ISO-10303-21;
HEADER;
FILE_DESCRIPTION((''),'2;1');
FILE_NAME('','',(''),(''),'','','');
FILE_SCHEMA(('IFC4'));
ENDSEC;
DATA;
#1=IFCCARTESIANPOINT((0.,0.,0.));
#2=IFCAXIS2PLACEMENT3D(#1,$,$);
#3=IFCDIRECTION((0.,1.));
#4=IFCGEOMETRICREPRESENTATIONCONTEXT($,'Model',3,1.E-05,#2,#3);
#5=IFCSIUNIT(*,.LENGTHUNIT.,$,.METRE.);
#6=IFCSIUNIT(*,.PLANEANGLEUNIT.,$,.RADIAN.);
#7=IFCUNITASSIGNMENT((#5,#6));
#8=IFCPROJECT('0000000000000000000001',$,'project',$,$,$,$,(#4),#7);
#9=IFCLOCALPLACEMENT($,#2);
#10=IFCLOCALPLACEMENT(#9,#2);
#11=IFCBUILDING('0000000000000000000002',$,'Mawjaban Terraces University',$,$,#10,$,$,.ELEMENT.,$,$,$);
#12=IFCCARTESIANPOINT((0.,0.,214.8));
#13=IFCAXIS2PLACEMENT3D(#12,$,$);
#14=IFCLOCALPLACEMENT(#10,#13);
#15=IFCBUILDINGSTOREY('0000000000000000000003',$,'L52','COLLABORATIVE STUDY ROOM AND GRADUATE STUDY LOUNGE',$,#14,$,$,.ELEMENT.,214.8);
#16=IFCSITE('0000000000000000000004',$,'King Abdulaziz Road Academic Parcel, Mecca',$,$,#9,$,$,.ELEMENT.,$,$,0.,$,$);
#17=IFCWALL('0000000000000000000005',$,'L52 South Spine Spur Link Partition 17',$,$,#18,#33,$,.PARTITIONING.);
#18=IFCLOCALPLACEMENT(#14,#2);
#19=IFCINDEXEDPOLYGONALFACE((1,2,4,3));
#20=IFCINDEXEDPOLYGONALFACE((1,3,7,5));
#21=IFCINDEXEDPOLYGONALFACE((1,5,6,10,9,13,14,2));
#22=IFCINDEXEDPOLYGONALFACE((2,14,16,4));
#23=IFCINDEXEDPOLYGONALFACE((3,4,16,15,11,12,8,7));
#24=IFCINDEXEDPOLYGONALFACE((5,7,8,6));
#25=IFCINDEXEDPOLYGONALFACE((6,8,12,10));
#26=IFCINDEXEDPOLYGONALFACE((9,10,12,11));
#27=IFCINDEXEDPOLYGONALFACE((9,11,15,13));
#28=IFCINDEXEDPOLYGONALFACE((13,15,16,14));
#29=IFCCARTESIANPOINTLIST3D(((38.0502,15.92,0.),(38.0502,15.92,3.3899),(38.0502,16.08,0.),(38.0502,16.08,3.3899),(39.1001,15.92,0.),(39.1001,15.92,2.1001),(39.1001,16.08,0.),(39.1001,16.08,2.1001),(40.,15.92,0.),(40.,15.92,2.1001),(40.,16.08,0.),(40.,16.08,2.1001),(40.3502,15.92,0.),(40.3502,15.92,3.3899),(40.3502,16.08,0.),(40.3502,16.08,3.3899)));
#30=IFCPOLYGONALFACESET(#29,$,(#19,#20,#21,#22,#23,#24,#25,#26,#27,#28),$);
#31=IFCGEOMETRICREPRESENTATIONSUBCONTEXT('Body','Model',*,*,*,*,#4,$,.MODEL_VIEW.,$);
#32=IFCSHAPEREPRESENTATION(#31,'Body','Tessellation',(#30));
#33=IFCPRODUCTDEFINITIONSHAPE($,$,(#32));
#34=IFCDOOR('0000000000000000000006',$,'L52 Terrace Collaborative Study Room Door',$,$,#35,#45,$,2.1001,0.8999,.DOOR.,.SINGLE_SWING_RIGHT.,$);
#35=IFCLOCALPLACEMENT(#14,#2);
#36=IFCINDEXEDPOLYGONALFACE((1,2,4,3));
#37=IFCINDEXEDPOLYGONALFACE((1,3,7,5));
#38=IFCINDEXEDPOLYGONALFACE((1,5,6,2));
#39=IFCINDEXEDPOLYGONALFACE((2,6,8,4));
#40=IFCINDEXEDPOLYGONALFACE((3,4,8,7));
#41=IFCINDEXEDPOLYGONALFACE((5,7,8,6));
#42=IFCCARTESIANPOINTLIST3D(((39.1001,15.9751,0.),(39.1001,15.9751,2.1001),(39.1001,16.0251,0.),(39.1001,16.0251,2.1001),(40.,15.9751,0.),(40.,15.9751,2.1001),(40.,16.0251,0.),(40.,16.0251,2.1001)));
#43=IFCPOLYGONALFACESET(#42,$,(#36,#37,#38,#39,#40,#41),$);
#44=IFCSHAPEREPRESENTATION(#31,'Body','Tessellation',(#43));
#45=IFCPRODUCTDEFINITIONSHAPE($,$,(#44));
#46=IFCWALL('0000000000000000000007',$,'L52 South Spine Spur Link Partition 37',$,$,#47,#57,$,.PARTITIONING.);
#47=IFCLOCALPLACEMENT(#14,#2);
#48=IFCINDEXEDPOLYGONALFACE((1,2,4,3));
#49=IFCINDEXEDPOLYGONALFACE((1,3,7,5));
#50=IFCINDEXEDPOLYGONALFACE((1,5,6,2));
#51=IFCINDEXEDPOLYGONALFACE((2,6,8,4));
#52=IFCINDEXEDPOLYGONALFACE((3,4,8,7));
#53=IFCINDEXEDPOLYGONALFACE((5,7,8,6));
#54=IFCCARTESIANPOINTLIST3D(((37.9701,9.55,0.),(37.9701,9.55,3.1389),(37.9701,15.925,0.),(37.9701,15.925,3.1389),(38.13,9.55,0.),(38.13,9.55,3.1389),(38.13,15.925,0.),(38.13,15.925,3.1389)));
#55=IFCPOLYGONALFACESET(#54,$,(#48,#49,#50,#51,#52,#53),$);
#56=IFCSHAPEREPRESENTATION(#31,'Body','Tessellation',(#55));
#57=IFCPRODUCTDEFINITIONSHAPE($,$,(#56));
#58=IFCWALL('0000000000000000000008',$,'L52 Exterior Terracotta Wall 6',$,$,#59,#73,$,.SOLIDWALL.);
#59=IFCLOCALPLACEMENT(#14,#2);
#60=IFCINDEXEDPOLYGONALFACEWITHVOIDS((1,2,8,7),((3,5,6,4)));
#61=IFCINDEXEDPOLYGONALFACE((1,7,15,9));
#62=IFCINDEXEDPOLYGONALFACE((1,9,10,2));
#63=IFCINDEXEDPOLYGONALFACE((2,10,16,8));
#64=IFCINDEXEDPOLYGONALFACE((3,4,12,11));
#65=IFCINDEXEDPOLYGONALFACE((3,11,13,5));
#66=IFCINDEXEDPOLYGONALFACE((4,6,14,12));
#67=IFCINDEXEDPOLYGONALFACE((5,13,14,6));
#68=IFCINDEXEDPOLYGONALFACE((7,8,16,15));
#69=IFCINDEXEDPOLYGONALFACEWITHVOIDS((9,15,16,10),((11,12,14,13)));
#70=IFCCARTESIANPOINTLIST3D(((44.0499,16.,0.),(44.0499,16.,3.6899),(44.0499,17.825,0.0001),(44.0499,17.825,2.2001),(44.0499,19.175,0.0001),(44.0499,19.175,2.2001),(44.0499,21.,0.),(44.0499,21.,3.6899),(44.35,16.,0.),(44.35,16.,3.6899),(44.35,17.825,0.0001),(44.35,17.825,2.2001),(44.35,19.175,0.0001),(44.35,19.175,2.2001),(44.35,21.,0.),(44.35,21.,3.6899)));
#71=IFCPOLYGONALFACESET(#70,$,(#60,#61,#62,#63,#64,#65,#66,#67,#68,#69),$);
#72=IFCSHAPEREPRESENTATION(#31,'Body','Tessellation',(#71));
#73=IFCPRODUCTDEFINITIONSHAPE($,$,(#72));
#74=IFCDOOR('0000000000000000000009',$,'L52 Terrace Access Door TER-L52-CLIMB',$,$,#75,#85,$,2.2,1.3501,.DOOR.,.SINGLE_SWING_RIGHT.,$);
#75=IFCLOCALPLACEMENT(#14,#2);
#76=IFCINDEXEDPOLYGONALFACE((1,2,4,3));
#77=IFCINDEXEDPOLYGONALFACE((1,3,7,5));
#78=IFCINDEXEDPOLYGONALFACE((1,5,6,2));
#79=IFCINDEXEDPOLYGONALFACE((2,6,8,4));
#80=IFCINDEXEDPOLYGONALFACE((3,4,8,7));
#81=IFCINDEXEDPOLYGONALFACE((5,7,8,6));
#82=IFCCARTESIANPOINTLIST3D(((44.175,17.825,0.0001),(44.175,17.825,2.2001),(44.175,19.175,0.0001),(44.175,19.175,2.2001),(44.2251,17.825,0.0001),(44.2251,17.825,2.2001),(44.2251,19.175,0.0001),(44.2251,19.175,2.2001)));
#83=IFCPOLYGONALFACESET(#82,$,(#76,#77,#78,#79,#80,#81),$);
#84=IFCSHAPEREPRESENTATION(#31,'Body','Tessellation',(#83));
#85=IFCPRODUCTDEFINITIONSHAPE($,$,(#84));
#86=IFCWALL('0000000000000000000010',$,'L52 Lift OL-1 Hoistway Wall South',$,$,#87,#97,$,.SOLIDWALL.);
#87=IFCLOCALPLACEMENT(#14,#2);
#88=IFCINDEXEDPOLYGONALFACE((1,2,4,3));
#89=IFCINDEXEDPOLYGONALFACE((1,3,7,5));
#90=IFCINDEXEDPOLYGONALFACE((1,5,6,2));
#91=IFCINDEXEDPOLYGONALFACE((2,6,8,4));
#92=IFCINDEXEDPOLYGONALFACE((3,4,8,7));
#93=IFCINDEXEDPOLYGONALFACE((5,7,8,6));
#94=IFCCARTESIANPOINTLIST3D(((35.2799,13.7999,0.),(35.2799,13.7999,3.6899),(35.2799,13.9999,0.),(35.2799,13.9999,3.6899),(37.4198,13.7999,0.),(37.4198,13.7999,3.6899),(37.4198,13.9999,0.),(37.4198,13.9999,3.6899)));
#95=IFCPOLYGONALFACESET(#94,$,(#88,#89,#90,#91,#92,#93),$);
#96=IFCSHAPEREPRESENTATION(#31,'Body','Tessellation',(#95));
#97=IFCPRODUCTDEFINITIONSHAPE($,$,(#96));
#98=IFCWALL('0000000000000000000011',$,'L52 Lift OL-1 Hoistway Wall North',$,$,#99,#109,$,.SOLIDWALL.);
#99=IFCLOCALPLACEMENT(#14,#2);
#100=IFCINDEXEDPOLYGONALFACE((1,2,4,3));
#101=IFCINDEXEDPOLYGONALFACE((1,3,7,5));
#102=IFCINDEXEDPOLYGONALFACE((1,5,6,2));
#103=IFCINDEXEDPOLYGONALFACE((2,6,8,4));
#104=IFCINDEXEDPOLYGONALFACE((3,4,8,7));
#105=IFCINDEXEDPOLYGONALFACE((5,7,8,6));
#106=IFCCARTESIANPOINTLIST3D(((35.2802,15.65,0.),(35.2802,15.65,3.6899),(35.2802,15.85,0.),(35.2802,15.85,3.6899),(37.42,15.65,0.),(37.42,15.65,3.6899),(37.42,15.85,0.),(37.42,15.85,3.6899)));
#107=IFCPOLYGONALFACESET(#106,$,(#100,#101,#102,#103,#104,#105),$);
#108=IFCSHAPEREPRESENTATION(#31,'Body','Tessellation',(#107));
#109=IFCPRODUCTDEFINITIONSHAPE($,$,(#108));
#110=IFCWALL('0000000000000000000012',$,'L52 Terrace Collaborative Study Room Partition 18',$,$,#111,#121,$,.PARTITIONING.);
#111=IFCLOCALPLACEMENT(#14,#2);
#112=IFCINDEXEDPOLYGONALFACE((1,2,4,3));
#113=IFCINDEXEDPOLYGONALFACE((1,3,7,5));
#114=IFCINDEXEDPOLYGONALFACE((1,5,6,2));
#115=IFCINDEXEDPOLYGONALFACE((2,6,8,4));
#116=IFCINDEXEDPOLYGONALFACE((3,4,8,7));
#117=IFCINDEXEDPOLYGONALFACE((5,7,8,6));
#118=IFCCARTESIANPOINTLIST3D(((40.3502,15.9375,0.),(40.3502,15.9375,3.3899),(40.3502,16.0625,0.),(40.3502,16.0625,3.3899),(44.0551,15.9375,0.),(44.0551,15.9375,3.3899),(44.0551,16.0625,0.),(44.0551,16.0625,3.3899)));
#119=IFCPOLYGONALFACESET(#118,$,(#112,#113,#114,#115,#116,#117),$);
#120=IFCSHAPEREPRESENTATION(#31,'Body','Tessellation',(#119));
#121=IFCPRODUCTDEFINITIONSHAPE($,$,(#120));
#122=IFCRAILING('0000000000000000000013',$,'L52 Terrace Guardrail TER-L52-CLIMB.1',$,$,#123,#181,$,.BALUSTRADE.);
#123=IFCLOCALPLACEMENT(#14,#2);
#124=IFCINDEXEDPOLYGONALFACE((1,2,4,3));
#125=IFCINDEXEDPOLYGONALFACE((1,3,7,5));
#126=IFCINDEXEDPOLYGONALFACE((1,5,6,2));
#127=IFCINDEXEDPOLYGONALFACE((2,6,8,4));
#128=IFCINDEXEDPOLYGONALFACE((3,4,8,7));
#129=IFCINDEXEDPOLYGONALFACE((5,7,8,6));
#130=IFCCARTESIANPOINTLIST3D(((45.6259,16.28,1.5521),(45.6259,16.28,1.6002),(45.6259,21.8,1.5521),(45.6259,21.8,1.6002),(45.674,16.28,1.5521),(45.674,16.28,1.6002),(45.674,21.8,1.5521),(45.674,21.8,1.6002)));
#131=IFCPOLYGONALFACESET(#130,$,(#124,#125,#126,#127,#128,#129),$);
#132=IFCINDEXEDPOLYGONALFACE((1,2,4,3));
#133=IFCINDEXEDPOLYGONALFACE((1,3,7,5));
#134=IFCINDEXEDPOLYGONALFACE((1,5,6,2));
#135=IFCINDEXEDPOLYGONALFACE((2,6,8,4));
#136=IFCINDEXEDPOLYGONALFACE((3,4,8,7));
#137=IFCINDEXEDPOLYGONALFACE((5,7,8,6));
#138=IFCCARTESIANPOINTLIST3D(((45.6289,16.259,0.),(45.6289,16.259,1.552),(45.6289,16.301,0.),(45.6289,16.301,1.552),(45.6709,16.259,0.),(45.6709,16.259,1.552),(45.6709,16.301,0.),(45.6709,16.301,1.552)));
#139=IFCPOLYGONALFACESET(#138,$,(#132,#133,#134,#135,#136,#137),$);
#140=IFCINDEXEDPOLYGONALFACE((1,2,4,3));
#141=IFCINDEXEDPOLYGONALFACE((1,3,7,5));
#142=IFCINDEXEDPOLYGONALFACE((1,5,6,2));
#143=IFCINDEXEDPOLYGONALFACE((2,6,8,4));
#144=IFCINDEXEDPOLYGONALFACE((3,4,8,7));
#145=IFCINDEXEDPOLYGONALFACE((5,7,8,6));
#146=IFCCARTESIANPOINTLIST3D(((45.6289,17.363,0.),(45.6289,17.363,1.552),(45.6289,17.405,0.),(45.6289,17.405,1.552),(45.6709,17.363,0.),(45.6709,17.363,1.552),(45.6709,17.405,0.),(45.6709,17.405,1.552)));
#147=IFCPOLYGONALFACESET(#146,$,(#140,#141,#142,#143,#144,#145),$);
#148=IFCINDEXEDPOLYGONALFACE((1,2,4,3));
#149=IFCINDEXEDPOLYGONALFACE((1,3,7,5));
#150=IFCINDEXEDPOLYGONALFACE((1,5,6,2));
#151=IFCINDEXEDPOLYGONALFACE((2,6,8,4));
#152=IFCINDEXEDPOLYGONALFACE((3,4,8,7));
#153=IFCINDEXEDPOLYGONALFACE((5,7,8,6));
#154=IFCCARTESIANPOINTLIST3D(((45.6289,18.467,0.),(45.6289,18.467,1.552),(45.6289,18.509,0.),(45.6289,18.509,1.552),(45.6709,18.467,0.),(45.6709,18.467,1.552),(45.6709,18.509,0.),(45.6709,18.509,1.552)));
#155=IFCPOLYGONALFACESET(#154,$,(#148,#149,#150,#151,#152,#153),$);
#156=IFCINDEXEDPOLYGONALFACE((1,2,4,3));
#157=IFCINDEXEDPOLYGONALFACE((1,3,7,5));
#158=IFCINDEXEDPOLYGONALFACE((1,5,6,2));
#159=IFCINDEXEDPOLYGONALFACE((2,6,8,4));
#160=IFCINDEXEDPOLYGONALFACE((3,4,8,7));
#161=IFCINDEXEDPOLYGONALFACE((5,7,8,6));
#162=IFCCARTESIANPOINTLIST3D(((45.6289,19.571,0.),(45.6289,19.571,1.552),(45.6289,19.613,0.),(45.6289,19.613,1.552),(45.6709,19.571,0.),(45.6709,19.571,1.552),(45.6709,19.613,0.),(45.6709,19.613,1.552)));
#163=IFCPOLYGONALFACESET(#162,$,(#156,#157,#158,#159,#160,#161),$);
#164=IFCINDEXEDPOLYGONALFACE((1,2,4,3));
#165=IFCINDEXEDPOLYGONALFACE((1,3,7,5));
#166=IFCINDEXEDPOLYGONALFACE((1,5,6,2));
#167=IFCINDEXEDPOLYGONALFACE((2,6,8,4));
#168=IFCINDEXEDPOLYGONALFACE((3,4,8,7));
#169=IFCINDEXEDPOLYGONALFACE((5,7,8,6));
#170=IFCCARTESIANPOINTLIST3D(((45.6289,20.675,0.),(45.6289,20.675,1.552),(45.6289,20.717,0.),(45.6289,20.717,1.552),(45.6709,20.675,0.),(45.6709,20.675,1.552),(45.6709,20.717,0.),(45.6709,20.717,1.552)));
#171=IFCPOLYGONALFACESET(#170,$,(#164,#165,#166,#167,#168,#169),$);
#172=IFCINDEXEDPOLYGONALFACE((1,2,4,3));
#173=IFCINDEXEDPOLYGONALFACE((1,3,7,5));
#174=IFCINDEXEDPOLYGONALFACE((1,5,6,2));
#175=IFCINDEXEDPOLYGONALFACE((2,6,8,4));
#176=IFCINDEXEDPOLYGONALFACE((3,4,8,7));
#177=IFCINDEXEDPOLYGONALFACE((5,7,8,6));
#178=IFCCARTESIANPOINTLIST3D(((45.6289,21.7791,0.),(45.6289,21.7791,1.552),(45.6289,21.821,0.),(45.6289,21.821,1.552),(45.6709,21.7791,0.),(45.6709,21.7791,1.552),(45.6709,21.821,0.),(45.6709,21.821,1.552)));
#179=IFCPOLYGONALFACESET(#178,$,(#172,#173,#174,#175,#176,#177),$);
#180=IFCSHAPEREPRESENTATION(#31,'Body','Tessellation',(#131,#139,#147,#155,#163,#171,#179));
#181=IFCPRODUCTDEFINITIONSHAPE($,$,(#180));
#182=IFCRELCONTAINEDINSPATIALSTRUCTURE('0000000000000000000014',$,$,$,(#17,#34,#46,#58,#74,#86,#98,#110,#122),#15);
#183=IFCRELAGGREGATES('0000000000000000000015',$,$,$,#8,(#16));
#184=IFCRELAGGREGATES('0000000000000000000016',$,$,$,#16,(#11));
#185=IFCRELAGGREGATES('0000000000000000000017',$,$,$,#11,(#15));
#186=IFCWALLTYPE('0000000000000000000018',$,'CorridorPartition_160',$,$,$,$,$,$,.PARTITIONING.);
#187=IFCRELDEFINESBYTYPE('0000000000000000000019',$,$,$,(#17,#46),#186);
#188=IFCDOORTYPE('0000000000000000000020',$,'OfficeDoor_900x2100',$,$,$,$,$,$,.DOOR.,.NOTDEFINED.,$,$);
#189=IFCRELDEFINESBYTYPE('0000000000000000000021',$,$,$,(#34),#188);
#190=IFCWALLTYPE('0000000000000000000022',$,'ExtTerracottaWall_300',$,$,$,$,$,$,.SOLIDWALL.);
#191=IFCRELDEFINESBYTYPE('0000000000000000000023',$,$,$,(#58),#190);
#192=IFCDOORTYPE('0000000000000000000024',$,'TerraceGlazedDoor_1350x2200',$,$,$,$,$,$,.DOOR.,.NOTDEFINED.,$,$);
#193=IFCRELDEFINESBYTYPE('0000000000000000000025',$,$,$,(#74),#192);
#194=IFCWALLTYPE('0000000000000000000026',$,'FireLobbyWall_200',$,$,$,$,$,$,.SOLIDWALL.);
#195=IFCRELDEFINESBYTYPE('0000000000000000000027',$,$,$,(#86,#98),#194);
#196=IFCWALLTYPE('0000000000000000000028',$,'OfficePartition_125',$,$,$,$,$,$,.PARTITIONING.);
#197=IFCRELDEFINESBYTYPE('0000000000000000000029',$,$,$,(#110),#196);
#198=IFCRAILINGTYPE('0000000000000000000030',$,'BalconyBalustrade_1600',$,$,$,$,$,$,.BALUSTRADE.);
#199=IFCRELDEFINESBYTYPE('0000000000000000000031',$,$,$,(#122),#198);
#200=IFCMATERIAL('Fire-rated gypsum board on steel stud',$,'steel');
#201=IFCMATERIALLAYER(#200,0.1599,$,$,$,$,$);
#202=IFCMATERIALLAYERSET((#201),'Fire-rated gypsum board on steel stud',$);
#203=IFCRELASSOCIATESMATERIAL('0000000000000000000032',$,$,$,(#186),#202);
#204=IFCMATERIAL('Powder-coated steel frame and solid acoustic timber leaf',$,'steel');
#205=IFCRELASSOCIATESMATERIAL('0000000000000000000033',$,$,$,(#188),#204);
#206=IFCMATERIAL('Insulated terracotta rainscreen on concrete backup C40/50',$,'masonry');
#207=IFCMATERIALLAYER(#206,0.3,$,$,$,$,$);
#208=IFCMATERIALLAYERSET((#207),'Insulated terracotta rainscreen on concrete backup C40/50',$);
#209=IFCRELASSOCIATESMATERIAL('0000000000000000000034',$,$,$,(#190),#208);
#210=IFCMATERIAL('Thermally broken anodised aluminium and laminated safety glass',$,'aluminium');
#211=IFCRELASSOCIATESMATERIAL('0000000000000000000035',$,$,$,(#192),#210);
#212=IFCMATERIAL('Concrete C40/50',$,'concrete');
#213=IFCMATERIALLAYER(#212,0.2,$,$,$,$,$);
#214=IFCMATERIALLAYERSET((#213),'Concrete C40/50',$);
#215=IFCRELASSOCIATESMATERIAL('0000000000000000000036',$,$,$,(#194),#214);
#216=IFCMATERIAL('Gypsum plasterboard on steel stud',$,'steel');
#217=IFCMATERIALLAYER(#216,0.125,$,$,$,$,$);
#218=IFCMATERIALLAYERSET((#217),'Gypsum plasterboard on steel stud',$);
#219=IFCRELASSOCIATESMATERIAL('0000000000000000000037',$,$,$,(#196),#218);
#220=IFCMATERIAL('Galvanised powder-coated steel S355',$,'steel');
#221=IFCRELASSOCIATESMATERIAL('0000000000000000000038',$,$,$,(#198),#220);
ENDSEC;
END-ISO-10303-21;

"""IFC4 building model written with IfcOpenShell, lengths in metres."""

from ifc_helpers import new_model, si_unit, direction, frame, frame_2d, origin, origin_2d, place, context, subcontext, project, spatial, rectangle, extrude, material, layer, layer_set, type_object, element, fill, save


model = new_model("IFC4")

# Units and contexts
model_context = context("Model", 3, precision=1e-05, world=origin(), true_north=direction((0.0, 1.0)))
body_context = subcontext(model_context, "Body", "Model", "MODEL_VIEW")
ifc_project = project(units=[si_unit("LENGTHUNIT", "METRE"), si_unit("PLANEANGLEUNIT", "RADIAN")], contexts=[model_context])

# Site, building, storey
site_placement = place(None, origin())
site = spatial("IfcSite", under=ifc_project, at=site_placement, Name="King Abdulaziz Road Academic Parcel, Mecca", CompositionType="ELEMENT", RefElevation=0.0)
building_placement = place(site_placement, origin())
building = spatial("IfcBuilding", under=site, at=building_placement, Name="Mawjaban Terraces University", CompositionType="ELEMENT")
storey_placement = place(building_placement, frame((0.0, 0.0, 214.8)))
storey = spatial("IfcBuildingStorey", under=building, at=storey_placement, Name="L52", Description="COLLABORATIVE STUDY ROOM AND GRADUATE STUDY LOUNGE", CompositionType="ELEMENT", Elevation=214.8)

# Wall, opening, door
ifc_material_1 = material(Name="Fire-rated gypsum board on steel stud", Category="steel")
ifc_layer_1 = layer(ifc_material_1, 0.1599)
ifc_layer_set_1 = layer_set([ifc_layer_1], Name="Fire-rated gypsum board on steel stud")
wall_type_1 = type_object("IfcWallType", Name="CorridorPartition_160", PredefinedType="PARTITIONING", material=ifc_layer_set_1)
wall_1_placement = place(storey_placement, frame((40.3501, 16.0, 0.0), z_axis=(0.0, 0.0, 1.0), x_axis=(-1.0, 0.0, 0.0)))
wall_1 = element("IfcWall", 1, at=wall_1_placement, inside=storey, type_object=wall_type_1, Name="L52 South Spine Spur Link Partition 17", PredefinedType="PARTITIONING", context=body_context, shape_type="SweptSolid", body=[
    extrude(rectangle(XDim=2.3, YDim=0.1599, at=frame_2d((1.1499, 0.0))), origin(), (0.0, 0.0, 1.0), 3.3899),
])
opening_1_placement = place(wall_1_placement, frame((0.3501, 0.0, 0.0)))
opening_1 = element("IfcOpeningElement", 2, at=opening_1_placement, cuts=wall_1, PredefinedType="OPENING", context=body_context, shape_type="SweptSolid", body=[
    extrude(rectangle(XDim=0.8999, YDim=2.1001, at=frame_2d((0.45, 1.05))), frame((0.0, 0.0898, 0.0), z_axis=(0.0, -1.0, 0.0), x_axis=(1.0, 0.0, 0.0)), (0.0, 0.0, 1.0), 0.1799),
])
ifc_material_2 = material(Name="Powder-coated steel frame and solid acoustic timber leaf", Category="steel")
door_type_1 = type_object("IfcDoorType", Name="OfficeDoor_900x2100", OperationType="NOTDEFINED", PredefinedType="DOOR", material=ifc_material_2)
door_1_placement = place(opening_1_placement, origin())
door_1 = element("IfcDoor", 3, at=door_1_placement, inside=storey, type_object=door_type_1, Name="L52 Terrace Collaborative Study Room Door", OperationType="SINGLE_SWING_RIGHT", OverallHeight=2.1001, OverallWidth=0.8999, PredefinedType="DOOR", context=body_context, shape_type="SweptSolid", body=[
    extrude(rectangle(XDim=0.8999, YDim=2.1001, at=frame_2d((0.45, 1.05))), frame((0.0, 0.0249, 0.0), z_axis=(0.0, -1.0, 0.0), x_axis=(1.0, 0.0, 0.0)), (0.0, 0.0, 1.0), 0.05),
])
fill(opening_1, door_1)

# Wall
wall_2_placement = place(storey_placement, frame((38.05, 15.925, 0.0), z_axis=(0.0, 0.0, 1.0), x_axis=(0.0, -1.0, 0.0)))
element("IfcWall", 4, at=wall_2_placement, inside=storey, type_object=wall_type_1, Name="L52 South Spine Spur Link Partition 37", PredefinedType="PARTITIONING", context=body_context, shape_type="SweptSolid", body=[
    extrude(rectangle(XDim=6.375, YDim=0.1599, at=frame_2d((3.1875, 0.0))), origin(), (0.0, 0.0, 1.0), 3.1389),
])

# Wall, opening, door
ifc_material_3 = material(Name="Insulated terracotta rainscreen on concrete backup C40/50", Category="masonry")
ifc_layer_2 = layer(ifc_material_3, 0.3)
ifc_layer_set_2 = layer_set([ifc_layer_2], Name="Insulated terracotta rainscreen on concrete backup C40/50")
wall_type_2 = type_object("IfcWallType", Name="ExtTerracottaWall_300", PredefinedType="SOLIDWALL", material=ifc_layer_set_2)
wall_3_placement = place(storey_placement, frame((44.2, 16.0, 0.0), z_axis=(0.0, 0.0, 1.0), x_axis=(0.0, 1.0, 0.0)))
wall_3 = element("IfcWall", 5, at=wall_3_placement, inside=storey, type_object=wall_type_2, Name="L52 Exterior Terracotta Wall 6", PredefinedType="SOLIDWALL", context=body_context, shape_type="SweptSolid", body=[
    extrude(rectangle(XDim=5.0, YDim=0.3, at=frame_2d((2.5, 0.0))), origin(), (0.0, 0.0, 1.0), 3.6899),
])
opening_2_placement = place(wall_3_placement, frame((1.825, 0.0, 0.0)))
opening_2 = element("IfcOpeningElement", 6, at=opening_2_placement, cuts=wall_3, PredefinedType="OPENING", context=body_context, shape_type="SweptSolid", body=[
    extrude(rectangle(XDim=1.3501, YDim=2.2, at=frame_2d((0.675, 1.1001))), frame((0.0, 0.1599, 0.0), z_axis=(0.0, -1.0, 0.0), x_axis=(1.0, 0.0, 0.0)), (0.0, 0.0, 1.0), 0.3201),
])
ifc_material_4 = material(Name="Thermally broken anodised aluminium and laminated safety glass", Category="aluminium")
door_type_2 = type_object("IfcDoorType", Name="TerraceGlazedDoor_1350x2200", OperationType="NOTDEFINED", PredefinedType="DOOR", material=ifc_material_4)
door_2_placement = place(opening_2_placement, origin())
door_2 = element("IfcDoor", 7, at=door_2_placement, inside=storey, type_object=door_type_2, Name="L52 Terrace Access Door TER-L52-CLIMB", OperationType="SINGLE_SWING_RIGHT", OverallHeight=2.2, OverallWidth=1.3501, PredefinedType="DOOR", context=body_context, shape_type="SweptSolid", body=[
    extrude(rectangle(XDim=1.3501, YDim=2.2, at=frame_2d((0.675, 1.1001))), frame((0.0, 0.0249, 0.0), z_axis=(0.0, -1.0, 0.0), x_axis=(1.0, 0.0, 0.0)), (0.0, 0.0, 1.0), 0.05),
])
fill(opening_2, door_2)

# Walls
ifc_material_5 = material(Name="Concrete C40/50", Category="concrete")
ifc_layer_3 = layer(ifc_material_5, 0.2)
ifc_layer_set_3 = layer_set([ifc_layer_3], Name="Concrete C40/50")
wall_type_3 = type_object("IfcWallType", Name="FireLobbyWall_200", PredefinedType="SOLIDWALL", material=ifc_layer_set_3)
for number, where, z_axis, x_axis, name in (
    (8, (35.28, 13.8999, 0.0), (0.0, 0.0, 1.0), (1.0, 0.0, 0.0), "L52 Lift OL-1 Hoistway Wall South"),
    (9, (37.4199, 15.75, 0.0), (0.0, 0.0, 1.0), (-1.0, 0.0, 0.0), "L52 Lift OL-1 Hoistway Wall North"),
):
    element("IfcWall", number, at=place(storey_placement, frame(where, z_axis=z_axis, x_axis=x_axis)), inside=storey, type_object=wall_type_3, Name=name, PredefinedType="SOLIDWALL", context=body_context, shape_type="SweptSolid", body=[
        extrude(rectangle(XDim=2.1399, YDim=0.2, at=frame_2d((1.0698, 0.0))), origin(), (0.0, 0.0, 1.0), 3.6899),
    ])
ifc_material_6 = material(Name="Gypsum plasterboard on steel stud", Category="steel")
ifc_layer_4 = layer(ifc_material_6, 0.125)
ifc_layer_set_4 = layer_set([ifc_layer_4], Name="Gypsum plasterboard on steel stud")
wall_type_4 = type_object("IfcWallType", Name="OfficePartition_125", PredefinedType="PARTITIONING", material=ifc_layer_set_4)
wall_4_placement = place(storey_placement, frame((40.3501, 16.0, 0.0), z_axis=(0.0, 0.0, 1.0), x_axis=(1.0, 0.0, 0.0)))
element("IfcWall", 10, at=wall_4_placement, inside=storey, type_object=wall_type_4, Name="L52 Terrace Collaborative Study Room Partition 18", PredefinedType="PARTITIONING", context=body_context, shape_type="SweptSolid", body=[
    extrude(rectangle(XDim=3.7048, YDim=0.125, at=frame_2d((1.8525, 0.0))), origin(), (0.0, 0.0, 1.0), 3.3899),
])

# Railing
ifc_material_7 = material(Name="Galvanised powder-coated steel S355", Category="steel")
railing_type = type_object("IfcRailingType", Name="BalconyBalustrade_1600", PredefinedType="BALUSTRADE", material=ifc_material_7)
railing_placement = place(storey_placement, frame((45.6499, 16.28, 0.0)))
element("IfcRailing", 11, at=railing_placement, inside=storey, type_object=railing_type, Name="L52 Terrace Guardrail TER-L52-CLIMB.1", PredefinedType="BALUSTRADE", context=body_context, shape_type="SweptSolid", body=[
    extrude(rectangle(XDim=0.0481, YDim=0.0481, at=origin_2d()), frame((0.0, 0.0, 1.5762), z_axis=(0.0, 1.0, 0.0), x_axis=(-1.0, 0.0, 0.0)), (0.0, 0.0, 1.0), 5.52),
    extrude(rectangle(XDim=0.042, YDim=0.042, at=origin_2d()), origin(), (0.0, 0.0, 1.0), 1.552),
    extrude(rectangle(XDim=0.042, YDim=0.042, at=origin_2d()), frame((0.0, 1.104, 0.0)), (0.0, 0.0, 1.0), 1.552),
    extrude(rectangle(XDim=0.042, YDim=0.042, at=origin_2d()), frame((0.0, 2.208, 0.0)), (0.0, 0.0, 1.0), 1.552),
    extrude(rectangle(XDim=0.042, YDim=0.042, at=origin_2d()), frame((0.0, 3.312, 0.0)), (0.0, 0.0, 1.0), 1.552),
    extrude(rectangle(XDim=0.042, YDim=0.042, at=origin_2d()), frame((0.0, 4.416, 0.0)), (0.0, 0.0, 1.0), 1.552),
    extrude(rectangle(XDim=0.042, YDim=0.042, at=origin_2d()), frame((0.0, 5.52, 0.0)), (0.0, 0.0, 1.0), 1.552),
])

save(model, "model.ifc")
